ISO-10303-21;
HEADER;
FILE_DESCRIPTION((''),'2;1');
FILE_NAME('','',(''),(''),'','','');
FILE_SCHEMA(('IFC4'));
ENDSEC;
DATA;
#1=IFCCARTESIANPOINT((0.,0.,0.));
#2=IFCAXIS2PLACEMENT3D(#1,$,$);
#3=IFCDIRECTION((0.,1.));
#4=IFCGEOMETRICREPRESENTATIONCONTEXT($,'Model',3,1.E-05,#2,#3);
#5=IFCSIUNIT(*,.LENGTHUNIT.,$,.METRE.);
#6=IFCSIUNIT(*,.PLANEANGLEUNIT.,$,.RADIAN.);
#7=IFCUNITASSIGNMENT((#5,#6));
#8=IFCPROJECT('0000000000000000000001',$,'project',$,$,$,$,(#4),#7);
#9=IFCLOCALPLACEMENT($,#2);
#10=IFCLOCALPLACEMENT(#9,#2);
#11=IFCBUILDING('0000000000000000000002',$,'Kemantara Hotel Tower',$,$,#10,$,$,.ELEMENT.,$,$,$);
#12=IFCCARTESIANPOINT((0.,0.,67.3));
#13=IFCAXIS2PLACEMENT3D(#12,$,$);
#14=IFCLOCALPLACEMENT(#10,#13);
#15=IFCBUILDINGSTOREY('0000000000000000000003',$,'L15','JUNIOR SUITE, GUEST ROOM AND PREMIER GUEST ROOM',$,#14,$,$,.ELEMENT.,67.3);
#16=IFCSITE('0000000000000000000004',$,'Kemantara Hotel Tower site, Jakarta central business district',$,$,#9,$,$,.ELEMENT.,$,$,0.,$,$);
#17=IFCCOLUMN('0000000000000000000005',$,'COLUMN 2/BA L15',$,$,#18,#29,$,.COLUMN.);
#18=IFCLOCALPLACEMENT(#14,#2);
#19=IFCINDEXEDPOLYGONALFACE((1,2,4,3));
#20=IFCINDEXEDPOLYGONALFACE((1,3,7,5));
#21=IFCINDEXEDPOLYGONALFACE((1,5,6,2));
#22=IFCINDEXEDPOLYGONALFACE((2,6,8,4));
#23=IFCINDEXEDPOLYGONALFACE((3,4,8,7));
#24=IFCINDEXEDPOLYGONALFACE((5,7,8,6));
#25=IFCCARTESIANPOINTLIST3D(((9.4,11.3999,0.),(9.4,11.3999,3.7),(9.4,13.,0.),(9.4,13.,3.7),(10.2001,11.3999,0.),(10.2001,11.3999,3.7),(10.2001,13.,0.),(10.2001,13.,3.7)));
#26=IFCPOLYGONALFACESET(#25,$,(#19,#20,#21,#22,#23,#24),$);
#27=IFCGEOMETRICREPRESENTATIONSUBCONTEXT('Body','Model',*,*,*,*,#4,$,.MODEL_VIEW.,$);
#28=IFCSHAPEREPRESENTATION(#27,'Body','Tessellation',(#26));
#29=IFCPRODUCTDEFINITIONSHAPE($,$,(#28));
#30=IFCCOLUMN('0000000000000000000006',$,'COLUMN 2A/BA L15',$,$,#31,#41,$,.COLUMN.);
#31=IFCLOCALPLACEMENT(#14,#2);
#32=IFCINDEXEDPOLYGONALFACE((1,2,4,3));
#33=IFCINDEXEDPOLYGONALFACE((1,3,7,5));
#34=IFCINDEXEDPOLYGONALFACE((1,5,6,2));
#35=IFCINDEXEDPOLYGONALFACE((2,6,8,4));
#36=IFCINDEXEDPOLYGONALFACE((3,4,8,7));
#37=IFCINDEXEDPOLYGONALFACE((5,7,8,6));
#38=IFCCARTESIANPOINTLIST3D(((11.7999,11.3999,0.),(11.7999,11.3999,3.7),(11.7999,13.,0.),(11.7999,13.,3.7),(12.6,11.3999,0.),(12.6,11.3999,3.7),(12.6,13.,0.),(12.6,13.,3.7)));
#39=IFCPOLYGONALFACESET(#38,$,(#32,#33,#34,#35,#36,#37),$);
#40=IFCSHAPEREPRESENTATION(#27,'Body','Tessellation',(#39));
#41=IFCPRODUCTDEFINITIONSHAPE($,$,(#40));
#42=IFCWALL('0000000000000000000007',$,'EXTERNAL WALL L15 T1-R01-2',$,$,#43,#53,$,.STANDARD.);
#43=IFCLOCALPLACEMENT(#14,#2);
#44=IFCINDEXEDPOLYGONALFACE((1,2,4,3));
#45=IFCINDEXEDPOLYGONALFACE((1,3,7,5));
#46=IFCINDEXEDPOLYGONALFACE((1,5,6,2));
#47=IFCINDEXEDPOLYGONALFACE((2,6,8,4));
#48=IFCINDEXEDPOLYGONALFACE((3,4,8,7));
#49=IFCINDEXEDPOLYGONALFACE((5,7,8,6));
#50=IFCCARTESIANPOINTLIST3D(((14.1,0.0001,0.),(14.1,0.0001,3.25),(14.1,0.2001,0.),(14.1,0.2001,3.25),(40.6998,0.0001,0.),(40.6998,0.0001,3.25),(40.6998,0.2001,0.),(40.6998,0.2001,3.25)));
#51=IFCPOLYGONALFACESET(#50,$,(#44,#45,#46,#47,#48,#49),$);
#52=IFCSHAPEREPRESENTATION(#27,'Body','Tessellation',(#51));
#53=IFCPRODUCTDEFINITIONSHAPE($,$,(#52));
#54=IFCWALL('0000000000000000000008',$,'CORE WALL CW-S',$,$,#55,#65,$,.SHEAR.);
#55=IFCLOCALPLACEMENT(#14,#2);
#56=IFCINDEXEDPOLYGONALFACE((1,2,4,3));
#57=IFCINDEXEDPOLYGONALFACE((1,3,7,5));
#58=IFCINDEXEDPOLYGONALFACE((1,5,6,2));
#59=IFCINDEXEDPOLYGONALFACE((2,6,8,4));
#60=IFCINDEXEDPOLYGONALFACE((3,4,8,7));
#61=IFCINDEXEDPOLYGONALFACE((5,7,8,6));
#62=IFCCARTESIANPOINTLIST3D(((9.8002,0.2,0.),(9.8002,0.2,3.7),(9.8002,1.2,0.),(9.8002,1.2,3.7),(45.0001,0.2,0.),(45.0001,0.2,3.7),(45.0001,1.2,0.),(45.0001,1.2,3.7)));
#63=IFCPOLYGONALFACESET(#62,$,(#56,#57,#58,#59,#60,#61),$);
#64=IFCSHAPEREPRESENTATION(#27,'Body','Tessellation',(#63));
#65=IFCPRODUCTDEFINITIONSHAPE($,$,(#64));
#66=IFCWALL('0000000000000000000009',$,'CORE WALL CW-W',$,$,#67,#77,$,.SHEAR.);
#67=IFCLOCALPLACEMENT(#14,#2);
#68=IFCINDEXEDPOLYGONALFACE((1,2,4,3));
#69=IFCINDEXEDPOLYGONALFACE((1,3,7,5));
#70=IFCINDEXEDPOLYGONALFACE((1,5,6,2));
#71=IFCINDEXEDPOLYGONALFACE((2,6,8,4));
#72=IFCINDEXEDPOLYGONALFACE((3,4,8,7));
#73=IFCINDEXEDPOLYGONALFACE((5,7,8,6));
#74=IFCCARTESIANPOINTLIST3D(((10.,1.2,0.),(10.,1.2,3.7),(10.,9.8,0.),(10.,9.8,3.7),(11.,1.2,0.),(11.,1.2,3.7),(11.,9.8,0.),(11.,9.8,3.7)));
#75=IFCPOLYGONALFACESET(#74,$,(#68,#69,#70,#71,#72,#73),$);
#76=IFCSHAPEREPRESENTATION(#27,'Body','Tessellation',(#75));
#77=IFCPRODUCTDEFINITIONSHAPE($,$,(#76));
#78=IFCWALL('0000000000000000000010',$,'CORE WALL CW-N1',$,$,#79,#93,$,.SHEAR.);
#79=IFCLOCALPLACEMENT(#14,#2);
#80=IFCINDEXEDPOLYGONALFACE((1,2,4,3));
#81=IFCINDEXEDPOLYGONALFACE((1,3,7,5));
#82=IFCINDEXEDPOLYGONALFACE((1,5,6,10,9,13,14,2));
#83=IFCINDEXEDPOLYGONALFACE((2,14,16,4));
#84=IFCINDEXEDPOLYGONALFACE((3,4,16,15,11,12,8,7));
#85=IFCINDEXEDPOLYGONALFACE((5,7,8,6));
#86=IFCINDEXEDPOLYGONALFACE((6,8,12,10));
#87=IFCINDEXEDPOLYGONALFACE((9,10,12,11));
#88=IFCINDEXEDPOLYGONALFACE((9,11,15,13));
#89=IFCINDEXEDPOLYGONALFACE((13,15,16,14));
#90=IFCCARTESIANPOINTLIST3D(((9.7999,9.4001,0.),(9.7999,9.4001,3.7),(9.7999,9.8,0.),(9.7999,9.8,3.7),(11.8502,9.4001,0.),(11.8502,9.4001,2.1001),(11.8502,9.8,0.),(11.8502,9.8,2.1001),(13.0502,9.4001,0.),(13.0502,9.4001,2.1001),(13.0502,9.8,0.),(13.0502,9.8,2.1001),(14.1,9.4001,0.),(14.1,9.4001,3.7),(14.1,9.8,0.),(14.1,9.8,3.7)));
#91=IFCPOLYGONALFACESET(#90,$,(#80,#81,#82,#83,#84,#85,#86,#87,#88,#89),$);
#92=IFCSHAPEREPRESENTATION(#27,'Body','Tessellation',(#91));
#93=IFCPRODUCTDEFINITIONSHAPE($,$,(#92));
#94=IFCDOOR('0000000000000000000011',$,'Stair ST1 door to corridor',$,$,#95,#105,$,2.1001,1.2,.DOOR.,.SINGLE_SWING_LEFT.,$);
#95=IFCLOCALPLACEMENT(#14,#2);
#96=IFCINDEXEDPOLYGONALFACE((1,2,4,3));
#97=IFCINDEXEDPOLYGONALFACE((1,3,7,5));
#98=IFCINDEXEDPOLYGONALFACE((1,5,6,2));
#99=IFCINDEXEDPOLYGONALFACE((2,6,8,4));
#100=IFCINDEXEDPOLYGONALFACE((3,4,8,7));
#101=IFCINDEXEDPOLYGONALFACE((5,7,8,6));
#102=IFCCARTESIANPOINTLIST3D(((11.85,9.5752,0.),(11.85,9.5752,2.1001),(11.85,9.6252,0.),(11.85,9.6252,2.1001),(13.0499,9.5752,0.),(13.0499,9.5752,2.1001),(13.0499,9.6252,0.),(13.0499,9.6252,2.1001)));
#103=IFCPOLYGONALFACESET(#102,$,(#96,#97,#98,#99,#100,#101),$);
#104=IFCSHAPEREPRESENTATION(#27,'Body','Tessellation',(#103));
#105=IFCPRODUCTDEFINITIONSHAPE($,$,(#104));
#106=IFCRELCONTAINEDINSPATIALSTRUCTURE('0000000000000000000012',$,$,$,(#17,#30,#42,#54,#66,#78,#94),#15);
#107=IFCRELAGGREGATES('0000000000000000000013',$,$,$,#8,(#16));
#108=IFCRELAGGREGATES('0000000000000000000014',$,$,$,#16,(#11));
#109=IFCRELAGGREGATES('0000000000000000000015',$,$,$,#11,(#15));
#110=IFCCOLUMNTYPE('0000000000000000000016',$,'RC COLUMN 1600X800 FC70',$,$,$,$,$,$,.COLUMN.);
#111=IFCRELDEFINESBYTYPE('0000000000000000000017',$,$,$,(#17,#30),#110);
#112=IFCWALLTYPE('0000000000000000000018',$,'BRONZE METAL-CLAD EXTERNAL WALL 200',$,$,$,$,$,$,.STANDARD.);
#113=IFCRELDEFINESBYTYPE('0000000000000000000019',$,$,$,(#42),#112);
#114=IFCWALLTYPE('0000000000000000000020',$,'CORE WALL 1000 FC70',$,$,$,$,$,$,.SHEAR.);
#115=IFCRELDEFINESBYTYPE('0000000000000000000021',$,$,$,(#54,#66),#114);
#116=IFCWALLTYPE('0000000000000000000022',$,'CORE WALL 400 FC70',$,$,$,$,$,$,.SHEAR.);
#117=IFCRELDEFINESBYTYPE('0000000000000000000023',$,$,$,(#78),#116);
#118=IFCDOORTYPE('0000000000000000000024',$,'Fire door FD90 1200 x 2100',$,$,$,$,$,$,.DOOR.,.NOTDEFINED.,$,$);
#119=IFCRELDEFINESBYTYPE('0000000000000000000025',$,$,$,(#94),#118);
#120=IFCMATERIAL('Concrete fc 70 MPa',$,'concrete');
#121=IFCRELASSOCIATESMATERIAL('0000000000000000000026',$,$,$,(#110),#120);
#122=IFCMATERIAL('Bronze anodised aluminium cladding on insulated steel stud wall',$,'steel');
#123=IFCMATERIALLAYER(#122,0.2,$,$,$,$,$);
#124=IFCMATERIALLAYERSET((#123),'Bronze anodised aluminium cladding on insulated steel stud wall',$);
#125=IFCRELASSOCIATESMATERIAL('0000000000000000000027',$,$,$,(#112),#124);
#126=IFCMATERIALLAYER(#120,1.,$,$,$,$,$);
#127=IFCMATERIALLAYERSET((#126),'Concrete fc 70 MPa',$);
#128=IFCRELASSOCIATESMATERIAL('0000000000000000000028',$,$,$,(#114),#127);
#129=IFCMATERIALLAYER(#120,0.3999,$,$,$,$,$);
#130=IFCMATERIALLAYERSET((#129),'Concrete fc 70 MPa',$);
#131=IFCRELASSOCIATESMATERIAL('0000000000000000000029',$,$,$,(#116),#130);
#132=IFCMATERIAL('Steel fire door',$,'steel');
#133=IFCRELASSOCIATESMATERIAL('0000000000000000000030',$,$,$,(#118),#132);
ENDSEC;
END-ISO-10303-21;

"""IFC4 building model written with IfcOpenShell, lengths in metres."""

from ifc_helpers import new_model, si_unit, direction, frame, frame_2d, origin, origin_2d, place, context, subcontext, project, spatial, rectangle, extrude, material, layer, layer_set, material_profile, profile_set, type_object, element, fill, save


model = new_model("IFC4")

# Units and contexts
model_context = context("Model", 3, precision=1e-05, world=origin(), true_north=direction((0.0, 1.0)))
body_context = subcontext(model_context, "Body", "Model", "MODEL_VIEW")
ifc_project = project(units=[si_unit("LENGTHUNIT", "METRE"), si_unit("PLANEANGLEUNIT", "RADIAN")], contexts=[model_context])

# Site, building, storey
site_placement = place(None, origin())
site = spatial("IfcSite", under=ifc_project, at=site_placement, Name="Kemantara Hotel Tower site, Jakarta central business district", CompositionType="ELEMENT", RefElevation=0.0)
building_placement = place(site_placement, origin())
building = spatial("IfcBuilding", under=site, at=building_placement, Name="Kemantara Hotel Tower", CompositionType="ELEMENT")
storey_placement = place(building_placement, frame((0.0, 0.0, 67.3)))
storey = spatial("IfcBuildingStorey", under=building, at=storey_placement, Name="L15", Description="JUNIOR SUITE, GUEST ROOM AND PREMIER GUEST ROOM", CompositionType="ELEMENT", Elevation=67.3)

# Columns
ifc_material_1 = material(Name="Concrete fc 70 MPa", Category="concrete")
ifc_material_profile = material_profile(ifc_material_1, rectangle(XDim=1.6001, YDim=0.8, at=origin_2d()), Name="RC 1600X800")
ifc_profile_set = profile_set([ifc_material_profile], Name="Concrete fc 70 MPa")
column_type = type_object("IfcColumnType", Name="RC COLUMN 1600X800 FC70", PredefinedType="COLUMN", material=ifc_profile_set)
for number, where, z_axis, x_axis, name in (
    (1, (9.8, 12.2, 0.0), (0.0, 0.0, 1.0), (0.0, 1.0, 0.0), "COLUMN 2/BA L15"),
    (2, (12.2, 12.2, 0.0), (0.0, 0.0, 1.0), (0.0, 1.0, 0.0), "COLUMN 2A/BA L15"),
):
    element("IfcColumn", number, at=place(storey_placement, frame(where, z_axis=z_axis, x_axis=x_axis)), inside=storey, type_object=column_type, Name=name, PredefinedType="COLUMN", context=body_context, shape_type="SweptSolid", body=[
        extrude(rectangle(XDim=1.6001, YDim=0.8, at=origin_2d()), origin(), (0.0, 0.0, 1.0), 3.7),
    ])

# Walls
ifc_material_2 = material(Name="Bronze anodised aluminium cladding on insulated steel stud wall", Category="steel")
ifc_layer_1 = layer(ifc_material_2, 0.2)
ifc_layer_set_1 = layer_set([ifc_layer_1], Name="Bronze anodised aluminium cladding on insulated steel stud wall")
wall_type_1 = type_object("IfcWallType", Name="BRONZE METAL-CLAD EXTERNAL WALL 200", PredefinedType="STANDARD", material=ifc_layer_set_1)
wall_1_placement = place(storey_placement, frame((14.1001, 0.1001, 0.0), z_axis=(0.0, 0.0, 1.0), x_axis=(1.0, 0.0, 0.0)))
element("IfcWall", 3, at=wall_1_placement, inside=storey, type_object=wall_type_1, Name="EXTERNAL WALL L15 T1-R01-2", PredefinedType="STANDARD", context=body_context, shape_type="SweptSolid", body=[
    extrude(rectangle(XDim=26.5999, YDim=0.2, at=frame_2d((13.2998, 0.0))), origin(), (0.0, 0.0, 1.0), 3.25),
])
ifc_layer_2 = layer(ifc_material_1, 1.0)
ifc_layer_set_2 = layer_set([ifc_layer_2], Name="Concrete fc 70 MPa")
wall_type_2 = type_object("IfcWallType", Name="CORE WALL 1000 FC70", PredefinedType="SHEAR", material=ifc_layer_set_2)
wall_2_placement = place(storey_placement, frame((9.8, 0.7, 0.0), z_axis=(0.0, 0.0, 1.0), x_axis=(1.0, 0.0, 0.0)))
element("IfcWall", 4, at=wall_2_placement, inside=storey, type_object=wall_type_2, Name="CORE WALL CW-S", PredefinedType="SHEAR", context=body_context, shape_type="SweptSolid", body=[
    extrude(rectangle(XDim=35.2, YDim=1.0, at=frame_2d((17.6001, 0.0))), origin(), (0.0, 0.0, 1.0), 3.7),
])
wall_3_placement = place(storey_placement, frame((10.5, 1.2, 0.0), z_axis=(0.0, 0.0, 1.0), x_axis=(0.0, 1.0, 0.0)))
element("IfcWall", 5, at=wall_3_placement, inside=storey, type_object=wall_type_2, Name="CORE WALL CW-W", PredefinedType="SHEAR", context=body_context, shape_type="SweptSolid", body=[
    extrude(rectangle(XDim=8.6001, YDim=1.0, at=frame_2d((4.3, 0.0))), origin(), (0.0, 0.0, 1.0), 3.7),
])

# Wall, opening, door
ifc_layer_3 = layer(ifc_material_1, 0.3999)
ifc_layer_set_3 = layer_set([ifc_layer_3], Name="Concrete fc 70 MPa")
wall_type_3 = type_object("IfcWallType", Name="CORE WALL 400 FC70", PredefinedType="SHEAR", material=ifc_layer_set_3)
wall_4_placement = place(storey_placement, frame((9.8, 9.6001, 0.0), z_axis=(0.0, 0.0, 1.0), x_axis=(1.0, 0.0, 0.0)))
wall_4 = element("IfcWall", 6, at=wall_4_placement, inside=storey, type_object=wall_type_3, Name="CORE WALL CW-N1", PredefinedType="SHEAR", context=body_context, shape_type="SweptSolid", body=[
    extrude(rectangle(XDim=4.3, YDim=0.3999, at=frame_2d((2.1499, 0.0))), origin(), (0.0, 0.0, 1.0), 3.7),
])
opening_1_placement = place(wall_4_placement, frame((2.05, 0.0, 0.0)))
opening_1 = element("IfcOpeningElement", 7, at=opening_1_placement, cuts=wall_4, PredefinedType="OPENING", context=body_context, shape_type="SweptSolid", body=[
    extrude(rectangle(XDim=1.2, YDim=2.1001, at=frame_2d((0.6001, 1.05))), frame((0.0, 0.21, 0.0), z_axis=(0.0, -1.0, 0.0), x_axis=(1.0, 0.0, 0.0)), (0.0, 0.0, 1.0), 0.4199),
])
ifc_material_3 = material(Name="Steel fire door", Category="steel")
door_type_1 = type_object("IfcDoorType", Name="Fire door FD90 1200 x 2100", OperationType="NOTDEFINED", PredefinedType="DOOR", material=ifc_material_3)
door_1_placement = place(opening_1_placement, frame((1.2, 0.0, 0.0), z_axis=(0.0, 0.0, 1.0), x_axis=(-1.0, 0.0, 0.0)))
door_1 = element("IfcDoor", 8, at=door_1_placement, inside=storey, type_object=door_type_1, Name="Stair ST1 door to corridor", OperationType="SINGLE_SWING_LEFT", OverallHeight=2.1001, OverallWidth=1.2, PredefinedType="DOOR", context=body_context, shape_type="SweptSolid", body=[
    extrude(rectangle(XDim=1.2, YDim=2.1001, at=frame_2d((0.6001, 1.05))), frame((0.0, 0.0249, 0.0), z_axis=(0.0, -1.0, 0.0), x_axis=(1.0, 0.0, 0.0)), (0.0, 0.0, 1.0), 0.05),
])
fill(opening_1, door_1)

save(model, "model.ifc")
